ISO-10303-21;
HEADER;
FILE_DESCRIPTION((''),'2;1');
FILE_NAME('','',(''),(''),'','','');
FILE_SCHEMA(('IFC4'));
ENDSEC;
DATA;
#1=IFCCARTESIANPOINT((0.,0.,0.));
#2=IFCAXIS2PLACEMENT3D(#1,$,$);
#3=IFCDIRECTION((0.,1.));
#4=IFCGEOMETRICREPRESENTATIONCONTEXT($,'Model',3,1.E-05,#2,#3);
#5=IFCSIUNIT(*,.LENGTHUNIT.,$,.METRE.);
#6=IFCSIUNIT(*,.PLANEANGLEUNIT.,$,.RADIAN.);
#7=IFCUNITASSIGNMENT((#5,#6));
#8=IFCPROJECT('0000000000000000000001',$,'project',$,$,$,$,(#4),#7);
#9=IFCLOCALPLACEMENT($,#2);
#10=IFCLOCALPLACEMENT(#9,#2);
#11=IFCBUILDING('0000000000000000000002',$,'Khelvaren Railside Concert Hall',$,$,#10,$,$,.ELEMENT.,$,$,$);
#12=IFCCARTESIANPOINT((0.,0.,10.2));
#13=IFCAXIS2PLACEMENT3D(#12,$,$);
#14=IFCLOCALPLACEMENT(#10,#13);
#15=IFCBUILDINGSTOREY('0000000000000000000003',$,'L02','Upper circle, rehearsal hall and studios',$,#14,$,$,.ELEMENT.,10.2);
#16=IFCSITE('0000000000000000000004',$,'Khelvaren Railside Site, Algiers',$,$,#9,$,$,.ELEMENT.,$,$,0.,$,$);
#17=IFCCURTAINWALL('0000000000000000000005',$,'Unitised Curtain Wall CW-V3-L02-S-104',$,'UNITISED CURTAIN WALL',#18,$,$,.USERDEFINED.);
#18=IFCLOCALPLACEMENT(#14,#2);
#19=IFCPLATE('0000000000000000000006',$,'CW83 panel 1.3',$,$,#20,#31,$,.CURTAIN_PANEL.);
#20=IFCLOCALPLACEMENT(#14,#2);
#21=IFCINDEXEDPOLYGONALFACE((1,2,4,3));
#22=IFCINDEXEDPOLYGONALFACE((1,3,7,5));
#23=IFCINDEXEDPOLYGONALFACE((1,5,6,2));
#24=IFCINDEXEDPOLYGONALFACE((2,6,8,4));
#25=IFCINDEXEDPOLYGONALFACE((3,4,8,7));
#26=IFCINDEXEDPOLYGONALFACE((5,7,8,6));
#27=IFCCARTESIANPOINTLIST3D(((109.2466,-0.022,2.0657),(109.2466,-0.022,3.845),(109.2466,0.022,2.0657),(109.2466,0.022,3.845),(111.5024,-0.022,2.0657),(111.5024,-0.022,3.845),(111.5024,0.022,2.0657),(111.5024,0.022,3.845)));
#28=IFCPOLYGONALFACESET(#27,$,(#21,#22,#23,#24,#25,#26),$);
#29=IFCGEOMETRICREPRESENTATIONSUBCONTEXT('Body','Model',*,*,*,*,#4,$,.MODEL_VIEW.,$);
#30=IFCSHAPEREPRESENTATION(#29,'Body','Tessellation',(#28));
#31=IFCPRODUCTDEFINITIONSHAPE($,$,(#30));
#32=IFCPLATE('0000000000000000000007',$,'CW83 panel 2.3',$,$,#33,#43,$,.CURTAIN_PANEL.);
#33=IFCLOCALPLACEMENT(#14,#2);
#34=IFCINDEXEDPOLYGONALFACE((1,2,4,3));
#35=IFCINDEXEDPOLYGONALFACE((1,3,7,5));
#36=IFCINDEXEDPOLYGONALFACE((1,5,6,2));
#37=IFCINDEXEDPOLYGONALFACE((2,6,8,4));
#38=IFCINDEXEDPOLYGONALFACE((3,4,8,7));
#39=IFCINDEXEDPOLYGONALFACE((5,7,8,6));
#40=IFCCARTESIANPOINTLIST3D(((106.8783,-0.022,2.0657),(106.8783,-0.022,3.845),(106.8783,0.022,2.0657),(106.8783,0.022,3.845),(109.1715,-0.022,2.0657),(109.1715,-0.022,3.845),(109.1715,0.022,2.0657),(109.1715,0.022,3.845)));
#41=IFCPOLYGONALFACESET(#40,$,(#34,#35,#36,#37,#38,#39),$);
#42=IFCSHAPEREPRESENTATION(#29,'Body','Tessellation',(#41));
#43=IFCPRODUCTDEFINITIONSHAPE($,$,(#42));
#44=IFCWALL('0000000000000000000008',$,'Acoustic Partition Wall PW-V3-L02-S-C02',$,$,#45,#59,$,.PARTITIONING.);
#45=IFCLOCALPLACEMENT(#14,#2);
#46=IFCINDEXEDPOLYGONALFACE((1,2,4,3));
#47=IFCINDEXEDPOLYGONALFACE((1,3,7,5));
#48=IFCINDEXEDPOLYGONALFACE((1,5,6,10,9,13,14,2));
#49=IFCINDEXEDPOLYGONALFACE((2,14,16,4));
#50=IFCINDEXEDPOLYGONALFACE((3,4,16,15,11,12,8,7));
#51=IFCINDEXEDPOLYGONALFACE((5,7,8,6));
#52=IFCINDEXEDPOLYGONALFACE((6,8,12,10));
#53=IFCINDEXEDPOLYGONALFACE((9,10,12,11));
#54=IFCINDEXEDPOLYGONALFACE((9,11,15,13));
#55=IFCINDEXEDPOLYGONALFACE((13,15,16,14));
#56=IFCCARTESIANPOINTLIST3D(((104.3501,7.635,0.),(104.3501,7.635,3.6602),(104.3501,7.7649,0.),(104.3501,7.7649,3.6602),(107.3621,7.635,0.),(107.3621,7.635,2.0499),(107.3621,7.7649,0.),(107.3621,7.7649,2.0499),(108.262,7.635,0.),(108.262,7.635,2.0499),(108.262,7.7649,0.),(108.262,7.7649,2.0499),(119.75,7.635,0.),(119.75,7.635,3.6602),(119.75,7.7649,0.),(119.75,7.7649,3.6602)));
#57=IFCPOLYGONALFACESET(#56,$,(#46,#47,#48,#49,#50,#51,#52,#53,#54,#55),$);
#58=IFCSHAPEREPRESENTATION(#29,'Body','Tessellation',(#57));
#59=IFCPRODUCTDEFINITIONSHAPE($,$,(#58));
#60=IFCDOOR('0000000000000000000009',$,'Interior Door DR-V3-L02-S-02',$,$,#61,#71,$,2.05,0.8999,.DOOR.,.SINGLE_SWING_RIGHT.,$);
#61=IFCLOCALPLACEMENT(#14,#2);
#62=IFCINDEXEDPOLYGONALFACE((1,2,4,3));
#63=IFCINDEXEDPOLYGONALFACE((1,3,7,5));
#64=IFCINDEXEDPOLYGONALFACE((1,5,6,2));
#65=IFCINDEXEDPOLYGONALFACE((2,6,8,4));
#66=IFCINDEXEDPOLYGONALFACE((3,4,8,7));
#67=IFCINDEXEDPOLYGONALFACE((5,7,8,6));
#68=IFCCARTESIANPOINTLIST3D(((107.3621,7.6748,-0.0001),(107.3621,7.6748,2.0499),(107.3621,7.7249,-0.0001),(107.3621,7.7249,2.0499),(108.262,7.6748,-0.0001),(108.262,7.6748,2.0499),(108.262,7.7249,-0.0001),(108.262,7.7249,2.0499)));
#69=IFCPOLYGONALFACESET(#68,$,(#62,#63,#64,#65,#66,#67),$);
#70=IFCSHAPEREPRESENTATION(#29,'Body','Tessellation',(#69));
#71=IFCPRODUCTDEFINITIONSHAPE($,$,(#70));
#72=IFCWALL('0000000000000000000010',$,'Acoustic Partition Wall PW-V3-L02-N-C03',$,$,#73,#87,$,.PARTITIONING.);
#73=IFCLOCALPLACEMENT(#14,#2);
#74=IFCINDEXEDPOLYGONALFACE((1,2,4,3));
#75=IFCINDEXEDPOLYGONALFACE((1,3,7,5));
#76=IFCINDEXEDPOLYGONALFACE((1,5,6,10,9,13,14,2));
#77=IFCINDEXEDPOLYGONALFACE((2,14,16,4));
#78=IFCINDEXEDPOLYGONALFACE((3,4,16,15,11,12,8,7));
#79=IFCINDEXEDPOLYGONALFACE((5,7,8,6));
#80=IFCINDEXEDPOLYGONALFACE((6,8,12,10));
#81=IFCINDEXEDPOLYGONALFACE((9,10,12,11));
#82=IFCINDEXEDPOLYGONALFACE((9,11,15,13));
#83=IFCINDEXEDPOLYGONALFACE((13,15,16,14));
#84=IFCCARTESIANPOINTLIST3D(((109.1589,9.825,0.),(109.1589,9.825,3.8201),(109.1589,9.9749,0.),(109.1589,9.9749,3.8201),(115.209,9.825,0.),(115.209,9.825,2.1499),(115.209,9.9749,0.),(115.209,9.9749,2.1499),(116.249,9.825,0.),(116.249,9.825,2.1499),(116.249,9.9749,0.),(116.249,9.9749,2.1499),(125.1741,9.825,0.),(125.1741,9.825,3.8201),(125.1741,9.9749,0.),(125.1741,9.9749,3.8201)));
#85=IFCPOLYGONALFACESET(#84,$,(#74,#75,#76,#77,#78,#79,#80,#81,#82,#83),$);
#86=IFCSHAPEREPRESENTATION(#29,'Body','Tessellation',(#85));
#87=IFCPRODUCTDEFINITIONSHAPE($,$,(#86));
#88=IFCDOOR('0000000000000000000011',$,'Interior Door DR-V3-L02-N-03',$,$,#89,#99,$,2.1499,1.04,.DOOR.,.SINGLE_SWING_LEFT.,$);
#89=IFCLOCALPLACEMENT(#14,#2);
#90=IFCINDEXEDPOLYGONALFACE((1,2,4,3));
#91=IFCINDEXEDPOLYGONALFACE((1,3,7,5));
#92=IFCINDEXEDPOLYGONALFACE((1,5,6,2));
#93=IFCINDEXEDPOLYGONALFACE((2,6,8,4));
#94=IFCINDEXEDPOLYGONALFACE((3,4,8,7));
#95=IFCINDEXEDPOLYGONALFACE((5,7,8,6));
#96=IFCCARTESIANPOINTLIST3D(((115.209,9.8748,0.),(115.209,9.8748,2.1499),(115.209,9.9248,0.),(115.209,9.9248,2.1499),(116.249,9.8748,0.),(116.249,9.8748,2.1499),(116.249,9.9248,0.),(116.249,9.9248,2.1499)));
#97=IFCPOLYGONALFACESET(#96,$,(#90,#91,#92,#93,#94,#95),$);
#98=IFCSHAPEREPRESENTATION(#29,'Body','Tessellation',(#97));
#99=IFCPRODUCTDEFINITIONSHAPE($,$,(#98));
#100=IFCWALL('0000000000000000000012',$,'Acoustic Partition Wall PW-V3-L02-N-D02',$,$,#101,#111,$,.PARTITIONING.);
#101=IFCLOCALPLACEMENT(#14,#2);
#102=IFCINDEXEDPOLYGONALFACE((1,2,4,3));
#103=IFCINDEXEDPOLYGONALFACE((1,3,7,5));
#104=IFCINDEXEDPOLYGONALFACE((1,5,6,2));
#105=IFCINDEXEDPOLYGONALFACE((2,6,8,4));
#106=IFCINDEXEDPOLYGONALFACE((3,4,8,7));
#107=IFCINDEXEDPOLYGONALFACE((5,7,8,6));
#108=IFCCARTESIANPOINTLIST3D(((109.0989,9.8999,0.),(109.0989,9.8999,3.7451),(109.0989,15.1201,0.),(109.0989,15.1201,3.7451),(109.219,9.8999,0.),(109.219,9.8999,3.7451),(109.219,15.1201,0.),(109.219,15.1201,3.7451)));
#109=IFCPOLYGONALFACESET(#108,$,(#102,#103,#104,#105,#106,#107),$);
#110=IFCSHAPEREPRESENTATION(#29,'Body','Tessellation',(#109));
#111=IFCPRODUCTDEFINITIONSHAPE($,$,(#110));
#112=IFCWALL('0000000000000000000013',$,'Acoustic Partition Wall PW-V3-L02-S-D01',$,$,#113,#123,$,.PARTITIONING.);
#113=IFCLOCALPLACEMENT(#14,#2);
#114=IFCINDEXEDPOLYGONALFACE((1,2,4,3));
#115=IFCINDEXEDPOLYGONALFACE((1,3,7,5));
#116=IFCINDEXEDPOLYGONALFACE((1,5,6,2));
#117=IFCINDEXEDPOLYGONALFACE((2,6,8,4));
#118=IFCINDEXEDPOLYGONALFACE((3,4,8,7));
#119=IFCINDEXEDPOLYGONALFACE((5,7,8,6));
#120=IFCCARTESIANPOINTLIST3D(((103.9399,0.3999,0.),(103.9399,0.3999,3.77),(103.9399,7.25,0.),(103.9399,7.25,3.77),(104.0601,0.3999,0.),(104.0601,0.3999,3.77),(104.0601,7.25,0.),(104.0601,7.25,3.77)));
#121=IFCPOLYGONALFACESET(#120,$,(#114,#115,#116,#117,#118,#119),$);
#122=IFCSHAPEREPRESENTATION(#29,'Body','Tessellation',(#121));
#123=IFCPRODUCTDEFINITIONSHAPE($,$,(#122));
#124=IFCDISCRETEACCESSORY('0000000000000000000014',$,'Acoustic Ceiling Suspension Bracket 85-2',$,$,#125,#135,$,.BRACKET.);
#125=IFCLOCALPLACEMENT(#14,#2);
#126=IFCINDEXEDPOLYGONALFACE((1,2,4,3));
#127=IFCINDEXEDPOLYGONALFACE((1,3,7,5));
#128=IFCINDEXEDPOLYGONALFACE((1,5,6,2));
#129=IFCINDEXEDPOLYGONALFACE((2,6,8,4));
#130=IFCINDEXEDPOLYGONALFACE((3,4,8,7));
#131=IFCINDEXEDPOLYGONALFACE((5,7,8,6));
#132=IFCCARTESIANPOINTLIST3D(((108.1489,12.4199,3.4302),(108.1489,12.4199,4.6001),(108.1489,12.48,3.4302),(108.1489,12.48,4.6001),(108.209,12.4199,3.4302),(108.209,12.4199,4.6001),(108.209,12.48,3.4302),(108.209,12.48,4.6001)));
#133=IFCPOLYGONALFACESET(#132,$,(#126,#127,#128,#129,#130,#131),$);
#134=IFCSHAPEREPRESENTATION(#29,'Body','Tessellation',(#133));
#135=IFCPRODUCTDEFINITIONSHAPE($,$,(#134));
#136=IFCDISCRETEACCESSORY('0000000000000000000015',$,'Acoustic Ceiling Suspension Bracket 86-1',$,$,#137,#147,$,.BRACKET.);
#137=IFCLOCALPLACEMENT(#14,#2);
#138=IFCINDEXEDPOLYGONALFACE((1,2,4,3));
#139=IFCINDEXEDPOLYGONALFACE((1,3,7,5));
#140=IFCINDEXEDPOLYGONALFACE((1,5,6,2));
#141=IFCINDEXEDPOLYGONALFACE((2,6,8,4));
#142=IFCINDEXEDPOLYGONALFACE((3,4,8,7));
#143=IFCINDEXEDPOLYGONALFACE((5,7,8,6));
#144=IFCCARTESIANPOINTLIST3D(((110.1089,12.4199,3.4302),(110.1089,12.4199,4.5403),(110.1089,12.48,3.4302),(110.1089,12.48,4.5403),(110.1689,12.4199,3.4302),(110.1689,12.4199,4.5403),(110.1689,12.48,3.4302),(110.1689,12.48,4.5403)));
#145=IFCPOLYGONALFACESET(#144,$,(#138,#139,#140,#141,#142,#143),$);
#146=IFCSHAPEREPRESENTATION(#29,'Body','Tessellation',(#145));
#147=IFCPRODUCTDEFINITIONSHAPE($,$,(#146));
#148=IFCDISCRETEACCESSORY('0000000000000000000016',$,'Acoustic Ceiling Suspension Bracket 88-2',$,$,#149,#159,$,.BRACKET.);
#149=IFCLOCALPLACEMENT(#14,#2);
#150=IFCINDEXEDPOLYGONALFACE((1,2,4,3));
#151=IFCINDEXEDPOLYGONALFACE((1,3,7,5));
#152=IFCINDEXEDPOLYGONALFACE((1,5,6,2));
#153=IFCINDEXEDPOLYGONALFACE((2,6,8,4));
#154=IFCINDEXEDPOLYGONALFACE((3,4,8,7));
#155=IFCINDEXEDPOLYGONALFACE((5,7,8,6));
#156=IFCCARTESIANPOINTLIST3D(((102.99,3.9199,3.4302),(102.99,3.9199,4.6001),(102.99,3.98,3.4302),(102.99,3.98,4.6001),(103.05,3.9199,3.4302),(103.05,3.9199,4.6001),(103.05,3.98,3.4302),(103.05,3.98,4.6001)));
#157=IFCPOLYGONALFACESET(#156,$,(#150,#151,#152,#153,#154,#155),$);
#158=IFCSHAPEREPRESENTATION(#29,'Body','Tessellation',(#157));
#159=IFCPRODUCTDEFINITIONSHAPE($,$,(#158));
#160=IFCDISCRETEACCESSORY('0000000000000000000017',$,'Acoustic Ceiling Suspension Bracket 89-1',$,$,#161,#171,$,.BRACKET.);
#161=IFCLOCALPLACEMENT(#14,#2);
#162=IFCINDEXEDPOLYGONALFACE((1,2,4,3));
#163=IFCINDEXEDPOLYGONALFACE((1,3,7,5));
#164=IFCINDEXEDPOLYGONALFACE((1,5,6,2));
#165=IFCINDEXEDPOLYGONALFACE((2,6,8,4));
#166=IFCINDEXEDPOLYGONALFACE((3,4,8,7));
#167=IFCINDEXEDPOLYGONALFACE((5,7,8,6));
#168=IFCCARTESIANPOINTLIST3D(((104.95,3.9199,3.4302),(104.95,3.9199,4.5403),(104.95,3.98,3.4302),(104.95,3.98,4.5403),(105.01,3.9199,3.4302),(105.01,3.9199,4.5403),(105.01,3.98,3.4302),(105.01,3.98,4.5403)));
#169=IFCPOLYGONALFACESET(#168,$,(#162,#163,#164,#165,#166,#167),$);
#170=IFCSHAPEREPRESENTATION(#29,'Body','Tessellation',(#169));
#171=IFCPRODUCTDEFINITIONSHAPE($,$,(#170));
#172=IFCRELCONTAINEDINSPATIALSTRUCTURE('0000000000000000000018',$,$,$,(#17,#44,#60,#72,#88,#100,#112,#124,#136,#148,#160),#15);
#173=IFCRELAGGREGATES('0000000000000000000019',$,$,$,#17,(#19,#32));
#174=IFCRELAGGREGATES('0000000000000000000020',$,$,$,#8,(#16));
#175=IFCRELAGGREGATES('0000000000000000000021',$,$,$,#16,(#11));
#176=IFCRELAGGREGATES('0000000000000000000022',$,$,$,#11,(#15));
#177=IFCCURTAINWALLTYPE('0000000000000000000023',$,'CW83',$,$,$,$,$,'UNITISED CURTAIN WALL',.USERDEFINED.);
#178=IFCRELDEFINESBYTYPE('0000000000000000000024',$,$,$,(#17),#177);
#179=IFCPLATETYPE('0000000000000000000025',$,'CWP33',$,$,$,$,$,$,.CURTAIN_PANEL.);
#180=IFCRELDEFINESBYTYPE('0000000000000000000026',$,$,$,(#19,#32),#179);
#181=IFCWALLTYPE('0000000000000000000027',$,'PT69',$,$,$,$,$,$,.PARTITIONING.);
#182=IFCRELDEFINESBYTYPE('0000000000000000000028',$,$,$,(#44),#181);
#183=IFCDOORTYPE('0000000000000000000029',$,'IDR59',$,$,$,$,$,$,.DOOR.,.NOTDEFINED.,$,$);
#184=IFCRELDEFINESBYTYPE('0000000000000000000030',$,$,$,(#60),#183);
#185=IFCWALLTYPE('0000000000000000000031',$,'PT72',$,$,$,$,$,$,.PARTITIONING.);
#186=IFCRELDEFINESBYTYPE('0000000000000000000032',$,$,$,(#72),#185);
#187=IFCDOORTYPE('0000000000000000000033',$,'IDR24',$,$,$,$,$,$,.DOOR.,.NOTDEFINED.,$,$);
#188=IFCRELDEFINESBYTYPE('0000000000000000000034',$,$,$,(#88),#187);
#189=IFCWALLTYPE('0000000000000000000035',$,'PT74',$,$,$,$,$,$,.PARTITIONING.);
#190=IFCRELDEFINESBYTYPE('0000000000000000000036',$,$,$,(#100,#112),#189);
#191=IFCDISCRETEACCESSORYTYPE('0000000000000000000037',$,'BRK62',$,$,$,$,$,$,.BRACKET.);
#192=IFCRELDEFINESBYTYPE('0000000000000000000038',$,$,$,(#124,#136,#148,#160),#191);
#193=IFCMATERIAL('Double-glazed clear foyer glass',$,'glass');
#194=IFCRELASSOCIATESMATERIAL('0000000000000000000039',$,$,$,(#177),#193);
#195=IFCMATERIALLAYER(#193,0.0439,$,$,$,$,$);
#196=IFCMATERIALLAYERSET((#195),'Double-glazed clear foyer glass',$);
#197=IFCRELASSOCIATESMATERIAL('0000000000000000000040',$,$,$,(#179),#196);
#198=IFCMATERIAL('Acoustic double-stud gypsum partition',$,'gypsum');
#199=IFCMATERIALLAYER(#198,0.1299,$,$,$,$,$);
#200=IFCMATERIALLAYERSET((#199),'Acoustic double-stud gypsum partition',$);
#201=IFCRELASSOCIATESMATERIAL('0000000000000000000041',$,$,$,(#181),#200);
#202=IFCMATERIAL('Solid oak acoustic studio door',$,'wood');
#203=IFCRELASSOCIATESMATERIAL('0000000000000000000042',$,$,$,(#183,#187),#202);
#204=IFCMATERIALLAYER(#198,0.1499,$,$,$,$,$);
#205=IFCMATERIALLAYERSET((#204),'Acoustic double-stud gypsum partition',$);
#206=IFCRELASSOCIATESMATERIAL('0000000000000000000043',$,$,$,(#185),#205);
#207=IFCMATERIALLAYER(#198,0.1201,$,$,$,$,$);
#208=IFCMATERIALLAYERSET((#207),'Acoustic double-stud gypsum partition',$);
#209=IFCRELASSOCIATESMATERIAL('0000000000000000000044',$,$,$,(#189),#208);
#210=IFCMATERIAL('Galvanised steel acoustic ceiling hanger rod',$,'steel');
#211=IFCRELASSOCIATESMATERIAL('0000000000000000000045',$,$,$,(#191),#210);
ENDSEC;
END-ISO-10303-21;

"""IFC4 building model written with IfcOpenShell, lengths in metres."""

from ifc_helpers import new_model, si_unit, direction, frame, frame_2d, origin, origin_2d, place, context, subcontext, project, spatial, rectangle, extrude, material, layer, layer_set, type_object, element, fill, aggregate, save


model = new_model("IFC4")

# Units and contexts
model_context = context("Model", 3, precision=1e-05, world=origin(), true_north=direction((0.0, 1.0)))
body_context = subcontext(model_context, "Body", "Model", "MODEL_VIEW")
ifc_project = project(units=[si_unit("LENGTHUNIT", "METRE"), si_unit("PLANEANGLEUNIT", "RADIAN")], contexts=[model_context])

# Site, building, storey
site_placement = place(None, origin())
site = spatial("IfcSite", under=ifc_project, at=site_placement, Name="Khelvaren Railside Site, Algiers", CompositionType="ELEMENT", RefElevation=0.0)
building_placement = place(site_placement, origin())
building = spatial("IfcBuilding", under=site, at=building_placement, Name="Khelvaren Railside Concert Hall", CompositionType="ELEMENT")
storey_placement = place(building_placement, frame((0.0, 0.0, 10.2)))
storey = spatial("IfcBuildingStorey", under=building, at=storey_placement, Name="L02", Description="Upper circle, rehearsal hall and studios", CompositionType="ELEMENT", Elevation=10.2)

# Curtain wall
ifc_material_1 = material(Name="Double-glazed clear foyer glass", Category="glass")
curtain_wall_type = type_object("IfcCurtainWallType", Name="CW83", ElementType="UNITISED CURTAIN WALL", PredefinedType="USERDEFINED", material=ifc_material_1)
curtain_wall_placement = place(storey_placement, origin())
curtain_wall = element("IfcCurtainWall", 1, at=curtain_wall_placement, inside=storey, type_object=curtain_wall_type, Name="Unitised Curtain Wall CW-V3-L02-S-104", ObjectType="UNITISED CURTAIN WALL", PredefinedType="USERDEFINED")

# Plates
ifc_layer_1 = layer(ifc_material_1, 0.0439)
ifc_layer_set_1 = layer_set([ifc_layer_1], Name="Double-glazed clear foyer glass")
plate_type = type_object("IfcPlateType", Name="CWP33", PredefinedType="CURTAIN_PANEL", material=ifc_layer_set_1)
plate_1_placement = place(storey_placement, frame((110.3745, 0.0, 2.0657), z_axis=(0.0, 0.0, 1.0), x_axis=(-1.0, 0.0, 0.0)))
plate_1 = element("IfcPlate", 2, at=plate_1_placement, type_object=plate_type, Name="CW83 panel 1.3", PredefinedType="CURTAIN_PANEL", context=body_context, shape_type="SweptSolid", body=[
    extrude(rectangle(XDim=2.2559, YDim=0.0439, at=origin_2d()), origin(), (0.0, 0.0, 1.0), 1.7793),
])
plate_2_placement = place(storey_placement, frame((108.0249, 0.0, 2.0657), z_axis=(0.0, 0.0, 1.0), x_axis=(-1.0, 0.0, 0.0)))
plate_2 = element("IfcPlate", 3, at=plate_2_placement, type_object=plate_type, Name="CW83 panel 2.3", PredefinedType="CURTAIN_PANEL", context=body_context, shape_type="SweptSolid", body=[
    extrude(rectangle(XDim=2.2932, YDim=0.0439, at=origin_2d()), origin(), (0.0, 0.0, 1.0), 1.7793),
])
aggregate(curtain_wall, [plate_1, plate_2])

# Walls, openings, doors
ifc_material_2 = material(Name="Acoustic double-stud gypsum partition", Category="gypsum")
ifc_layer_2 = layer(ifc_material_2, 0.1299)
ifc_layer_set_2 = layer_set([ifc_layer_2], Name="Acoustic double-stud gypsum partition")
wall_type_1 = type_object("IfcWallType", Name="PT69", PredefinedType="PARTITIONING", material=ifc_layer_set_2)
wall_1_placement = place(storey_placement, frame((104.3501, 7.7, 0.0), z_axis=(0.0, 0.0, 1.0), x_axis=(1.0, 0.0, 0.0)))
wall_1 = element("IfcWall", 4, at=wall_1_placement, inside=storey, type_object=wall_type_1, Name="Acoustic Partition Wall PW-V3-L02-S-C02", PredefinedType="PARTITIONING", context=body_context, shape_type="SweptSolid", body=[
    extrude(rectangle(XDim=15.3999, YDim=0.1299, at=frame_2d((7.7, 0.0))), origin(), (0.0, 0.0, 1.0), 3.6602),
])
opening_1_placement = place(wall_1_placement, frame((3.012, 0.0, 0.0)))
opening_1 = element("IfcOpeningElement", 5, at=opening_1_placement, cuts=wall_1, PredefinedType="OPENING", context=body_context, shape_type="SweptSolid", body=[
    extrude(rectangle(XDim=0.8999, YDim=2.05, at=frame_2d((0.45, 1.0249))), frame((0.0, 0.075, 0.0), z_axis=(0.0, -1.0, 0.0), x_axis=(1.0, 0.0, 0.0)), (0.0, 0.0, 1.0), 0.1499),
])
ifc_material_3 = material(Name="Solid oak acoustic studio door", Category="wood")
door_type_1 = type_object("IfcDoorType", Name="IDR59", OperationType="NOTDEFINED", PredefinedType="DOOR", material=ifc_material_3)
door_1_placement = place(opening_1_placement, origin())
door_1 = element("IfcDoor", 6, at=door_1_placement, inside=storey, type_object=door_type_1, Name="Interior Door DR-V3-L02-S-02", OperationType="SINGLE_SWING_RIGHT", OverallHeight=2.05, OverallWidth=0.8999, PredefinedType="DOOR", context=body_context, shape_type="SweptSolid", body=[
    extrude(rectangle(XDim=0.8999, YDim=2.05, at=frame_2d((0.45, 1.0249))), frame((0.0, 0.0249, 0.0), z_axis=(0.0, -1.0, 0.0), x_axis=(1.0, 0.0, 0.0)), (0.0, 0.0, 1.0), 0.05),
])
fill(opening_1, door_1)
ifc_layer_3 = layer(ifc_material_2, 0.1499)
ifc_layer_set_3 = layer_set([ifc_layer_3], Name="Acoustic double-stud gypsum partition")
wall_type_2 = type_object("IfcWallType", Name="PT72", PredefinedType="PARTITIONING", material=ifc_layer_set_3)
wall_2_placement = place(storey_placement, frame((109.1589, 9.8999, 0.0), z_axis=(0.0, 0.0, 1.0), x_axis=(1.0, 0.0, 0.0)))
wall_2 = element("IfcWall", 7, at=wall_2_placement, inside=storey, type_object=wall_type_2, Name="Acoustic Partition Wall PW-V3-L02-N-C03", PredefinedType="PARTITIONING", context=body_context, shape_type="SweptSolid", body=[
    extrude(rectangle(XDim=16.0151, YDim=0.1499, at=frame_2d((8.0076, 0.0))), origin(), (0.0, 0.0, 1.0), 3.8201),
])
opening_2_placement = place(wall_2_placement, frame((6.05, 0.0, 0.0)))
opening_2 = element("IfcOpeningElement", 8, at=opening_2_placement, cuts=wall_2, PredefinedType="OPENING", context=body_context, shape_type="SweptSolid", body=[
    extrude(rectangle(XDim=1.04, YDim=2.1499, at=frame_2d((0.52, 1.075))), frame((0.0, 0.085, 0.0), z_axis=(0.0, -1.0, 0.0), x_axis=(1.0, 0.0, 0.0)), (0.0, 0.0, 1.0), 0.1699),
])
door_type_2 = type_object("IfcDoorType", Name="IDR24", OperationType="NOTDEFINED", PredefinedType="DOOR", material=ifc_material_3)
door_2_placement = place(opening_2_placement, origin())
door_2 = element("IfcDoor", 9, at=door_2_placement, inside=storey, type_object=door_type_2, Name="Interior Door DR-V3-L02-N-03", OperationType="SINGLE_SWING_LEFT", OverallHeight=2.1499, OverallWidth=1.04, PredefinedType="DOOR", context=body_context, shape_type="SweptSolid", body=[
    extrude(rectangle(XDim=1.04, YDim=2.1499, at=frame_2d((0.52, 1.075))), frame((0.0, 0.0249, 0.0), z_axis=(0.0, -1.0, 0.0), x_axis=(1.0, 0.0, 0.0)), (0.0, 0.0, 1.0), 0.05),
])
fill(opening_2, door_2)

# Walls
ifc_layer_4 = layer(ifc_material_2, 0.1201)
ifc_layer_set_4 = layer_set([ifc_layer_4], Name="Acoustic double-stud gypsum partition")
wall_type_3 = type_object("IfcWallType", Name="PT74", PredefinedType="PARTITIONING", material=ifc_layer_set_4)
wall_3_placement = place(storey_placement, frame((109.1589, 9.8999, 0.0), z_axis=(0.0, 0.0, 1.0), x_axis=(0.0, 1.0, 0.0)))
element("IfcWall", 10, at=wall_3_placement, inside=storey, type_object=wall_type_3, Name="Acoustic Partition Wall PW-V3-L02-N-D02", PredefinedType="PARTITIONING", context=body_context, shape_type="SweptSolid", body=[
    extrude(rectangle(XDim=5.2202, YDim=0.1201, at=frame_2d((2.6101, 0.0))), origin(), (0.0, 0.0, 1.0), 3.7451),
])
wall_4_placement = place(storey_placement, frame((104.0, 0.3999, 0.0), z_axis=(0.0, 0.0, 1.0), x_axis=(0.0, 1.0, 0.0)))
element("IfcWall", 11, at=wall_4_placement, inside=storey, type_object=wall_type_3, Name="Acoustic Partition Wall PW-V3-L02-S-D01", PredefinedType="PARTITIONING", context=body_context, shape_type="SweptSolid", body=[
    extrude(rectangle(XDim=6.8501, YDim=0.1201, at=frame_2d((3.425, 0.0))), origin(), (0.0, 0.0, 1.0), 3.77),
])

# Discrete accessories
ifc_material_4 = material(Name="Galvanised steel acoustic ceiling hanger rod", Category="steel")
discrete_accessory_type = type_object("IfcDiscreteAccessoryType", Name="BRK62", PredefinedType="BRACKET", material=ifc_material_4)
discrete_accessory_1_placement = place(storey_placement, frame((108.179, 12.45, 3.4302), z_axis=(0.0, 0.0, 1.0), x_axis=(1.0, 0.0, 0.0)))
element("IfcDiscreteAccessory", 12, at=discrete_accessory_1_placement, inside=storey, type_object=discrete_accessory_type, Name="Acoustic Ceiling Suspension Bracket 85-2", PredefinedType="BRACKET", context=body_context, shape_type="SweptSolid", body=[
    extrude(rectangle(XDim=0.0601, YDim=0.0601, at=origin_2d()), origin(), (0.0, 0.0, 1.0), 1.1699),
])
discrete_accessory_2_placement = place(storey_placement, frame((110.1389, 12.45, 3.4302), z_axis=(0.0, 0.0, 1.0), x_axis=(1.0, 0.0, 0.0)))
element("IfcDiscreteAccessory", 13, at=discrete_accessory_2_placement, inside=storey, type_object=discrete_accessory_type, Name="Acoustic Ceiling Suspension Bracket 86-1", PredefinedType="BRACKET", context=body_context, shape_type="SweptSolid", body=[
    extrude(rectangle(XDim=0.0601, YDim=0.0601, at=origin_2d()), origin(), (0.0, 0.0, 1.0), 1.1101),
])
discrete_accessory_3_placement = place(storey_placement, frame((103.02, 3.95, 3.4302), z_axis=(0.0, 0.0, 1.0), x_axis=(1.0, 0.0, 0.0)))
element("IfcDiscreteAccessory", 14, at=discrete_accessory_3_placement, inside=storey, type_object=discrete_accessory_type, Name="Acoustic Ceiling Suspension Bracket 88-2", PredefinedType="BRACKET", context=body_context, shape_type="SweptSolid", body=[
    extrude(rectangle(XDim=0.0601, YDim=0.0601, at=origin_2d()), origin(), (0.0, 0.0, 1.0), 1.1699),
])
discrete_accessory_4_placement = place(storey_placement, frame((104.98, 3.95, 3.4302), z_axis=(0.0, 0.0, 1.0), x_axis=(1.0, 0.0, 0.0)))
element("IfcDiscreteAccessory", 15, at=discrete_accessory_4_placement, inside=storey, type_object=discrete_accessory_type, Name="Acoustic Ceiling Suspension Bracket 89-1", PredefinedType="BRACKET", context=body_context, shape_type="SweptSolid", body=[
    extrude(rectangle(XDim=0.0601, YDim=0.0601, at=origin_2d()), origin(), (0.0, 0.0, 1.0), 1.1101),
])

save(model, "model.ifc")
